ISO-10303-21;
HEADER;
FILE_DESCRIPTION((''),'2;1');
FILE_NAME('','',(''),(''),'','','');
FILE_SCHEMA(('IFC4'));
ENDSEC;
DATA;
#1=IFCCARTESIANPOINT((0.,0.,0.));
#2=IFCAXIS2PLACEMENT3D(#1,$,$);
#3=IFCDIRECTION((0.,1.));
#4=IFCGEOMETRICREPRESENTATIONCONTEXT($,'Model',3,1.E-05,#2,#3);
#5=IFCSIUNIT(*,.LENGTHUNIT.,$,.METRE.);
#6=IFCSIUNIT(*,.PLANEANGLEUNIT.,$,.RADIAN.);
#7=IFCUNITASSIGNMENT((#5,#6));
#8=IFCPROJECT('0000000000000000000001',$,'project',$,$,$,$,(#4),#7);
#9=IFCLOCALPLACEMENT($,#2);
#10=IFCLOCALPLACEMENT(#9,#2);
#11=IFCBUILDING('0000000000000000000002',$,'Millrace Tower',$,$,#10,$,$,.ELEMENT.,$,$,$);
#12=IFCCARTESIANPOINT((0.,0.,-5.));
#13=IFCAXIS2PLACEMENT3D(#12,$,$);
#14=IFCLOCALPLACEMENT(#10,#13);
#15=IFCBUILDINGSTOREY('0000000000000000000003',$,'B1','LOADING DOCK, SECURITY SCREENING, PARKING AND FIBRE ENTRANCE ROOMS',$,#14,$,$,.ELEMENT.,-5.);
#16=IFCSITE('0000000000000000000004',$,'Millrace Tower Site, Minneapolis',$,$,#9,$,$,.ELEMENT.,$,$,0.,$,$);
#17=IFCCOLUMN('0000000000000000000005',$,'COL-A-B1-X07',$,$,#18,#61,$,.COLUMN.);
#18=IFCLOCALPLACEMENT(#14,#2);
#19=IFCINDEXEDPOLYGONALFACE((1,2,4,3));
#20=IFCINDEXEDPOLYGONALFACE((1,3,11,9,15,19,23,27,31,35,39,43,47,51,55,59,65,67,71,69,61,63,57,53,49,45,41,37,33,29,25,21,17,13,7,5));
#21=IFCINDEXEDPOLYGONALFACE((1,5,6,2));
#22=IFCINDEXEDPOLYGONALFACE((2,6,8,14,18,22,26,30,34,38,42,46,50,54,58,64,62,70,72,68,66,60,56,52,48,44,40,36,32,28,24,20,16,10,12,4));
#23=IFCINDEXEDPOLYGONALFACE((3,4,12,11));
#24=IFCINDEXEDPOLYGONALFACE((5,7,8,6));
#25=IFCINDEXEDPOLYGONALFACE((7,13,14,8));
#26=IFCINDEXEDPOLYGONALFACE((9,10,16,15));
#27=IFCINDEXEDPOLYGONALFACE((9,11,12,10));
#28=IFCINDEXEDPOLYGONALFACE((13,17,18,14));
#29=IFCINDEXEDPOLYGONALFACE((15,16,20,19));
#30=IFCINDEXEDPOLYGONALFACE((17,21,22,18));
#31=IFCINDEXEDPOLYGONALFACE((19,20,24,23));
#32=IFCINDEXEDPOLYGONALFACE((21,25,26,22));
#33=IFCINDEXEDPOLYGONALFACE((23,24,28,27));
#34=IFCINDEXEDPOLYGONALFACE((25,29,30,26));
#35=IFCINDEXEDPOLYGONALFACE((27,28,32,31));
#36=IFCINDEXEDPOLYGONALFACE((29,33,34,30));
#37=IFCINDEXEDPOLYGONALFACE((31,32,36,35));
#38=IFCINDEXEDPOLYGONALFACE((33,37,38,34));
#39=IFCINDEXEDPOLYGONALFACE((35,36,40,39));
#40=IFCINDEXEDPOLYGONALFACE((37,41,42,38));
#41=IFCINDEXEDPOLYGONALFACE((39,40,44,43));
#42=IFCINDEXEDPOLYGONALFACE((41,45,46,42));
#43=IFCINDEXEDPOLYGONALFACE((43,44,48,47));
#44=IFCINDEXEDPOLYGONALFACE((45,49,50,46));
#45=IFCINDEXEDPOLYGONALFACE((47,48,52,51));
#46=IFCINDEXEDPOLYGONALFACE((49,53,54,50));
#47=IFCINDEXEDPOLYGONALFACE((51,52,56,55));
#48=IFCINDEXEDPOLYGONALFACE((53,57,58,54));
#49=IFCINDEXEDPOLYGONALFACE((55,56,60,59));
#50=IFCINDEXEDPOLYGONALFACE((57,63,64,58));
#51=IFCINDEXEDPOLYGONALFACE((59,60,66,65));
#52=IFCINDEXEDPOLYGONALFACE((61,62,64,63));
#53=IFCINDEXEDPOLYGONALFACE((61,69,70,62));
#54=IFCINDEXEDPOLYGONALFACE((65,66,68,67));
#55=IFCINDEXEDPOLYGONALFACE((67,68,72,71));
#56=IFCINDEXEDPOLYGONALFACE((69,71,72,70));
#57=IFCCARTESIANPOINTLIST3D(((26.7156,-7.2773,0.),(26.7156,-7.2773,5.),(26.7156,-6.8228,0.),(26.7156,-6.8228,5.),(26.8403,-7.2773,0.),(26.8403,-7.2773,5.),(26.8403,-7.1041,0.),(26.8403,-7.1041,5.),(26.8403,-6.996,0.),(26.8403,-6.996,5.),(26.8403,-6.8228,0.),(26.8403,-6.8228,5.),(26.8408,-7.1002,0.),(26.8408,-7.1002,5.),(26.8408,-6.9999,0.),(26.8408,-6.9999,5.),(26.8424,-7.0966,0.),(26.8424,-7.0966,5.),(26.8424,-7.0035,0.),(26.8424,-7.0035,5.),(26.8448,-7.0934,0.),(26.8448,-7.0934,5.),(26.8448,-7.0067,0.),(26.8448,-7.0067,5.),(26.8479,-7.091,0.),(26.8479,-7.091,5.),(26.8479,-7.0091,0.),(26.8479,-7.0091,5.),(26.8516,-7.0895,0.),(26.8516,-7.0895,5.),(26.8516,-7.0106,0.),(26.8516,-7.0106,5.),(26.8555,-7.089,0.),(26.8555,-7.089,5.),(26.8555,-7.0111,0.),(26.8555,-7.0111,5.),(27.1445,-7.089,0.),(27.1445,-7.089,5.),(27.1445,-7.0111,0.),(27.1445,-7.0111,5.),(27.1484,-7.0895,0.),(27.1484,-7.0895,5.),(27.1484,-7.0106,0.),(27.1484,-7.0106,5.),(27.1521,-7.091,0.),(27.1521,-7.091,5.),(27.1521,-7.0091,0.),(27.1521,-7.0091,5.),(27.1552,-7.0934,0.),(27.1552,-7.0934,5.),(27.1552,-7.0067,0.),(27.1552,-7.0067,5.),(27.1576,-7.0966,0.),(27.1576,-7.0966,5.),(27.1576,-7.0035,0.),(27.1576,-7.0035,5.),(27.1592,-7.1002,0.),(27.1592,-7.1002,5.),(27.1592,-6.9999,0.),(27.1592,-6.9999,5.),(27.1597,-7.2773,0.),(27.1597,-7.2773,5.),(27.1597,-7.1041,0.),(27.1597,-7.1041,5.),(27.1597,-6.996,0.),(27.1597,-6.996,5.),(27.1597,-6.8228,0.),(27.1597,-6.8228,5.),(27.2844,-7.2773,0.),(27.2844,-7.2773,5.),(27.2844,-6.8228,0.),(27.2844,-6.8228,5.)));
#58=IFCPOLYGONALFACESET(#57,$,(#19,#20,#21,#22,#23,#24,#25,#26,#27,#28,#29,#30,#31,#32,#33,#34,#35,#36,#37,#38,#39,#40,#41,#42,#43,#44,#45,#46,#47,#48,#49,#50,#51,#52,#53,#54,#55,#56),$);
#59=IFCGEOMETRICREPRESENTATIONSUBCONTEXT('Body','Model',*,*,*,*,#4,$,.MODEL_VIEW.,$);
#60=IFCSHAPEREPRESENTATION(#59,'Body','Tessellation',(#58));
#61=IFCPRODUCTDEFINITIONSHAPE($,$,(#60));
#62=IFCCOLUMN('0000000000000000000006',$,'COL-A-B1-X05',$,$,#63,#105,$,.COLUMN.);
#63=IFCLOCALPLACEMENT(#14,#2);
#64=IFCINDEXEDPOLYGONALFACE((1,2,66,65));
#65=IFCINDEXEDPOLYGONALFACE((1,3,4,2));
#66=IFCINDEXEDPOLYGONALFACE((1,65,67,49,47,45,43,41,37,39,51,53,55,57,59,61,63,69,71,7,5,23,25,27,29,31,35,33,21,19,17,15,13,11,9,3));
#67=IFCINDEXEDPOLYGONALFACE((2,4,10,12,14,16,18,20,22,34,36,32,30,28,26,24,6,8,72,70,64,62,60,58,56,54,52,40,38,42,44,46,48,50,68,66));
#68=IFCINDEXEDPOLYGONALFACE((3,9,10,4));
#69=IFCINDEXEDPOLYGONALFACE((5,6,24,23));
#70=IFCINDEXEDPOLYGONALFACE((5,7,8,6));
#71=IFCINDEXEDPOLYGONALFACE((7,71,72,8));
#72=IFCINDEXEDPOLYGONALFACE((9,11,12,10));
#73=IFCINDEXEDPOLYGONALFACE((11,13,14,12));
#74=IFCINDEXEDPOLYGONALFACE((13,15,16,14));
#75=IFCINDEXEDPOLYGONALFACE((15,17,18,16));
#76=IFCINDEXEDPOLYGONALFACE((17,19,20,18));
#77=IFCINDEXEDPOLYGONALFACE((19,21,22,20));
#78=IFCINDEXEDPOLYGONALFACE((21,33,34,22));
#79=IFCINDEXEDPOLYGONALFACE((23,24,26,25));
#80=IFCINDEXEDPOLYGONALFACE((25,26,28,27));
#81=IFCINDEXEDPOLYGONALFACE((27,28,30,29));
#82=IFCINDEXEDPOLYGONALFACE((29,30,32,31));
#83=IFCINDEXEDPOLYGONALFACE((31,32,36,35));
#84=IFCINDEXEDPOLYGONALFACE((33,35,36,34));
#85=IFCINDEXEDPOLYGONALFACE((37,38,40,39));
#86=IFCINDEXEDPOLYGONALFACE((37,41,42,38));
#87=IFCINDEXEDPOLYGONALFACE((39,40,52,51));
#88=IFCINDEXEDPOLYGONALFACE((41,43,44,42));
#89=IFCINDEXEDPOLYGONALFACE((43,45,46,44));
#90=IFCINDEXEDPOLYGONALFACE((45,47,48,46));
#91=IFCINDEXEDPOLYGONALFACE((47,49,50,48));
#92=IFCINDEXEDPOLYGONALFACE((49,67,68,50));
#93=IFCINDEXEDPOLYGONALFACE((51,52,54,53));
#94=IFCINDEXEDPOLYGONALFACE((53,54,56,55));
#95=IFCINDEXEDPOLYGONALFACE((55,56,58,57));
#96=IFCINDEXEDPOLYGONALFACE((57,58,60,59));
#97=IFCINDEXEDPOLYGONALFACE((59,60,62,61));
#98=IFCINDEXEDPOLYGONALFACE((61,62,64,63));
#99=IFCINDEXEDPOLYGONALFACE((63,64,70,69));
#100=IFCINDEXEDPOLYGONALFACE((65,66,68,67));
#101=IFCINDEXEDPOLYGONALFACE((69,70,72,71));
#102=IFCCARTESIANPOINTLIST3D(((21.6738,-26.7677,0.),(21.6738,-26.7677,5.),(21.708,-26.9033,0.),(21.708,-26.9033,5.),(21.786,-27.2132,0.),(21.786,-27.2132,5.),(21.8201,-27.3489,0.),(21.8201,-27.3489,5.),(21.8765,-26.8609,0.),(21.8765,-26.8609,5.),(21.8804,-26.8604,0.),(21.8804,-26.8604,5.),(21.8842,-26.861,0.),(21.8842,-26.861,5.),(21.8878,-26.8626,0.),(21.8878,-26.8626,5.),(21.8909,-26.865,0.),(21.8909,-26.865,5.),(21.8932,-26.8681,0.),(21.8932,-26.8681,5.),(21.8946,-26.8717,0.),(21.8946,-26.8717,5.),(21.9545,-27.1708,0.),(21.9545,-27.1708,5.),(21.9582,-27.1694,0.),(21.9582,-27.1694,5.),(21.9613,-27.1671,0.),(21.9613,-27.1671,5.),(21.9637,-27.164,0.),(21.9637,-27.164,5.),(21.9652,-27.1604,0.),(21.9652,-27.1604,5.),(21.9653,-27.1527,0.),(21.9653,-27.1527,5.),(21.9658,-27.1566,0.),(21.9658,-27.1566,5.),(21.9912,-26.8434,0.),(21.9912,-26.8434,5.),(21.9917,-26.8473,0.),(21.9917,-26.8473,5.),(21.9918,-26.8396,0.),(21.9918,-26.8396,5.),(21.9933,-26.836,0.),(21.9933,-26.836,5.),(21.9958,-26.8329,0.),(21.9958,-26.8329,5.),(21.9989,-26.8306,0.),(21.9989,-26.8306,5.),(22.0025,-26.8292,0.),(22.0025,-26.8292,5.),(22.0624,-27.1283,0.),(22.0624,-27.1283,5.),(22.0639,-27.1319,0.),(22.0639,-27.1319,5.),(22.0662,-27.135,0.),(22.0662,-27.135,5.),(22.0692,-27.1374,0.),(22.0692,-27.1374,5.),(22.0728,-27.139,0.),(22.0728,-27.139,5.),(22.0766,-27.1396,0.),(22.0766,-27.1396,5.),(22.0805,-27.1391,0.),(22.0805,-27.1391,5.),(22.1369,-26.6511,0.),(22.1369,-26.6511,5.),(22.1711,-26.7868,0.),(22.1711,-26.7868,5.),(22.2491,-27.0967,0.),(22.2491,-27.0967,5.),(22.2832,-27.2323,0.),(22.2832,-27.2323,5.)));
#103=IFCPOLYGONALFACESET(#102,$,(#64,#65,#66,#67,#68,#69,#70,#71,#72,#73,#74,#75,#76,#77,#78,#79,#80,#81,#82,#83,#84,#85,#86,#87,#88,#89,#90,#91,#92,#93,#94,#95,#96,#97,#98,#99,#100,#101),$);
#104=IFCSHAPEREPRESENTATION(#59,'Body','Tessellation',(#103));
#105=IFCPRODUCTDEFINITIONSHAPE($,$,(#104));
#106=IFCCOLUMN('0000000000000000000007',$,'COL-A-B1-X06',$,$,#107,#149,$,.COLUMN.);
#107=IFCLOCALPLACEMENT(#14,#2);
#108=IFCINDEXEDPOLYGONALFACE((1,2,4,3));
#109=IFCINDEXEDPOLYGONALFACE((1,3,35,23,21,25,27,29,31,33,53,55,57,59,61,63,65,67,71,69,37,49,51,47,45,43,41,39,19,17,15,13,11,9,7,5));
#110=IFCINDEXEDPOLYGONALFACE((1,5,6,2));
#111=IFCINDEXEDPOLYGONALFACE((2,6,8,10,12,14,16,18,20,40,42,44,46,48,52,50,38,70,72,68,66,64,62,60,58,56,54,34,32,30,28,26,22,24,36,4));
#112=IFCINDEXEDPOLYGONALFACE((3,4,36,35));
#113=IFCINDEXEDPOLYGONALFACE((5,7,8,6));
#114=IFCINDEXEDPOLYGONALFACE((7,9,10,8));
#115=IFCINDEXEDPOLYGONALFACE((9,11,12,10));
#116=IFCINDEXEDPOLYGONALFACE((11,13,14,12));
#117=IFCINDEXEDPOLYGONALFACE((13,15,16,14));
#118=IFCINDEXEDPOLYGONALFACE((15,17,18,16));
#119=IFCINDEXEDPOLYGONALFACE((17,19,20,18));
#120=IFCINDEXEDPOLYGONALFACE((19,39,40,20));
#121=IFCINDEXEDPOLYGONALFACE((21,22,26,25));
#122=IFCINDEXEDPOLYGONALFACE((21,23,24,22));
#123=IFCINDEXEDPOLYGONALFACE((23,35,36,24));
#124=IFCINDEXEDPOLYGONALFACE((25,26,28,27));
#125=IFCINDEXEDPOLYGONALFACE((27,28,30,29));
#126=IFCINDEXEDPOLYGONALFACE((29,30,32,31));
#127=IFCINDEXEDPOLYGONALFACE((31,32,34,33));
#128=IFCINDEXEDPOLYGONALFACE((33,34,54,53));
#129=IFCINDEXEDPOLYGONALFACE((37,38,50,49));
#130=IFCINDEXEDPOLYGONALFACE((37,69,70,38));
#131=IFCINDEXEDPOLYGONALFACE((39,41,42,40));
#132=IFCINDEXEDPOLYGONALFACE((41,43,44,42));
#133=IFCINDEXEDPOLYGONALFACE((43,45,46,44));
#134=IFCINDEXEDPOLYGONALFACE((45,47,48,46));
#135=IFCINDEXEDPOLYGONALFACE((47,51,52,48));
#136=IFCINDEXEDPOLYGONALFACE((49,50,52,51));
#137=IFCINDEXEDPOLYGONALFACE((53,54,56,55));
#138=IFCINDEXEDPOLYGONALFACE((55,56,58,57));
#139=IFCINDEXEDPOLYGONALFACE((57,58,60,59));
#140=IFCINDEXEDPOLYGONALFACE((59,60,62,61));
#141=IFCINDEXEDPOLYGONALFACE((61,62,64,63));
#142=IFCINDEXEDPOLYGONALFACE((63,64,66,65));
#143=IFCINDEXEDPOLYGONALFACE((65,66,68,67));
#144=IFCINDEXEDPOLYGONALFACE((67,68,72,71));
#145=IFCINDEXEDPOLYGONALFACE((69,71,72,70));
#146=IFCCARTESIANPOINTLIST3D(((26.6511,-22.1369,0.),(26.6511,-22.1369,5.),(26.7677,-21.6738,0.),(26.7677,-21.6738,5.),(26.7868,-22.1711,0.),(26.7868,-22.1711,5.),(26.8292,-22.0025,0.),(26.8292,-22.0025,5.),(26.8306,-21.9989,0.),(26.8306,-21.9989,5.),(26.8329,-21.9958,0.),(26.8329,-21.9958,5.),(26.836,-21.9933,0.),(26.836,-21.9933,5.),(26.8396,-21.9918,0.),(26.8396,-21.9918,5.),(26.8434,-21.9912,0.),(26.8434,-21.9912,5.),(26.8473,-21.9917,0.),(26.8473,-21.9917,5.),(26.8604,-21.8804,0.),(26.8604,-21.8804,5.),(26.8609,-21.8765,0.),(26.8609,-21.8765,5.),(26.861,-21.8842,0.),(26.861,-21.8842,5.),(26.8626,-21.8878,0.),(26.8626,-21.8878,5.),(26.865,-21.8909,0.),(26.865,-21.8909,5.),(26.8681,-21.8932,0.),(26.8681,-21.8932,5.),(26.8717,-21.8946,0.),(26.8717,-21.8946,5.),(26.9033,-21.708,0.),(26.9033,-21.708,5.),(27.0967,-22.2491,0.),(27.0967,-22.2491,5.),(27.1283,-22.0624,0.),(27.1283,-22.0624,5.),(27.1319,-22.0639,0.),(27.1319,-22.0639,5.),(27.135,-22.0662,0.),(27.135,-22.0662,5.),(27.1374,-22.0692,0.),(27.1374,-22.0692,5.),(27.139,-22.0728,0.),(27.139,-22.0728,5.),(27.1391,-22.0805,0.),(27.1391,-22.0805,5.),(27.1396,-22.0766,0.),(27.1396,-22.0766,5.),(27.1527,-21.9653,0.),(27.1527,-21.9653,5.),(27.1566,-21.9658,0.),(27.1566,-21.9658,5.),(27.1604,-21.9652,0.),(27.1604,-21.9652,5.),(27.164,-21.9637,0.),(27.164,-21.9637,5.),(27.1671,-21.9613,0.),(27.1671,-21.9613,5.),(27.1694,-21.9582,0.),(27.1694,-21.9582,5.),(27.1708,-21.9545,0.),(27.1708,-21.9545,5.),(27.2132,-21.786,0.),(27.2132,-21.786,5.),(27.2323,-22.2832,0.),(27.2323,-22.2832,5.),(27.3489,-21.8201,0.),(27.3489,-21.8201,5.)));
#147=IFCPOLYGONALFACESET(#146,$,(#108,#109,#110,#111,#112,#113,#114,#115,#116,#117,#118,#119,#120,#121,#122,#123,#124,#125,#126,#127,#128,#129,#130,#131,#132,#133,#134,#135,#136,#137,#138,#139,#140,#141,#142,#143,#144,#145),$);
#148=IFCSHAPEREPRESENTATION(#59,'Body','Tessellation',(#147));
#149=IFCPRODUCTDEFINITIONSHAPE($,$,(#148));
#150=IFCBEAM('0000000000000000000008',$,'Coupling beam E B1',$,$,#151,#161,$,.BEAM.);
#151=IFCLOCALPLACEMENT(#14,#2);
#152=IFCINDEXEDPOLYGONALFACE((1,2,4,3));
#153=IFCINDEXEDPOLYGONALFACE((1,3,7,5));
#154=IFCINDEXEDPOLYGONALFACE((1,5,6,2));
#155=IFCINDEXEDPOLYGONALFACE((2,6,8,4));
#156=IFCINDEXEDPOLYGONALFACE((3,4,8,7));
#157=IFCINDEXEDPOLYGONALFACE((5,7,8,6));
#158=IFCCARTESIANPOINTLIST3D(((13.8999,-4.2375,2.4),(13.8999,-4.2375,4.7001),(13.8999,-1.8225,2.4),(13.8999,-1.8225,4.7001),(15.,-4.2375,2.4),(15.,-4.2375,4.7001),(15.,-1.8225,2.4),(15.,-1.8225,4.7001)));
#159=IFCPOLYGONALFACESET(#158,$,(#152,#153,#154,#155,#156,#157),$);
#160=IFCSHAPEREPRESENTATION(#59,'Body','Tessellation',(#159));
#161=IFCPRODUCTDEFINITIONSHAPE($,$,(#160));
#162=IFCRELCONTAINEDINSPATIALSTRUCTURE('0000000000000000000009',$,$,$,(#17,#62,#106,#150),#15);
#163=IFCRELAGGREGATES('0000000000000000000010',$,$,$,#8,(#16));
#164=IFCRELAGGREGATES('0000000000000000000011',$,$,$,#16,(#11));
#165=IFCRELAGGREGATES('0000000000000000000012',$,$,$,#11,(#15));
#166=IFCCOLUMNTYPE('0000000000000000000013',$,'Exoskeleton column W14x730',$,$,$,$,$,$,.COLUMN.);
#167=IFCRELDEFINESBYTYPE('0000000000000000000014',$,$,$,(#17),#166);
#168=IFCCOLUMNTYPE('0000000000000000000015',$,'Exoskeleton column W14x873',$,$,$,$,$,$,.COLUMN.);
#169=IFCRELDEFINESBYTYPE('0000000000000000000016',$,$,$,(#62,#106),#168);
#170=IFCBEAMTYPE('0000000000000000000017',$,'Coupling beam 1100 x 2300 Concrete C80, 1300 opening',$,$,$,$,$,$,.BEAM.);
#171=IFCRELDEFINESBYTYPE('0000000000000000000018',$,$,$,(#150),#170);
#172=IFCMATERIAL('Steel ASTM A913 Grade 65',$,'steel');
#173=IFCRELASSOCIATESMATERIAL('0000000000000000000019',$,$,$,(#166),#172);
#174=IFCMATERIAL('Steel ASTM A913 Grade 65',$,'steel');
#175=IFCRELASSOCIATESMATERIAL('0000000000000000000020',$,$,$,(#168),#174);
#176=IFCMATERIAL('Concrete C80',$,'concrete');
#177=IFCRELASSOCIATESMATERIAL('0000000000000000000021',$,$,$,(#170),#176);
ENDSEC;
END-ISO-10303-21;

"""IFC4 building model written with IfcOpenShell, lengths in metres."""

from ifc_helpers import new_model, si_unit, direction, frame, origin, origin_2d, place, context, subcontext, project, spatial, rectangle, i_section, extrude, material, material_profile, profile_set, type_object, element, save


model = new_model("IFC4")

# Units and contexts
model_context = context("Model", 3, precision=1e-05, world=origin(), true_north=direction((0.0, 1.0)))
body_context = subcontext(model_context, "Body", "Model", "MODEL_VIEW")
ifc_project = project(units=[si_unit("LENGTHUNIT", "METRE"), si_unit("PLANEANGLEUNIT", "RADIAN")], contexts=[model_context])

# Site, building, storey
site_placement = place(None, origin())
site = spatial("IfcSite", under=ifc_project, at=site_placement, Name="Millrace Tower Site, Minneapolis", CompositionType="ELEMENT", RefElevation=0.0)
building_placement = place(site_placement, origin())
building = spatial("IfcBuilding", under=site, at=building_placement, Name="Millrace Tower", CompositionType="ELEMENT")
storey_placement = place(building_placement, frame((0.0, 0.0, -5.0)))
storey = spatial("IfcBuildingStorey", under=building, at=storey_placement, Name="B1", Description="LOADING DOCK, SECURITY SCREENING, PARKING AND FIBRE ENTRANCE ROOMS", CompositionType="ELEMENT", Elevation=-5.0)

# Columns
ifc_material_1 = material(Name="Steel ASTM A913 Grade 65", Category="steel")
ifc_material_profile_1 = material_profile(ifc_material_1, i_section(OverallWidth=0.4546, OverallDepth=0.5688, WebThickness=0.0779, FlangeThickness=0.1248, FilletRadius=0.0151, at=origin_2d()))
ifc_profile_set_1 = profile_set([ifc_material_profile_1], Name="Steel ASTM A913 Grade 65")
column_type_1 = type_object("IfcColumnType", Name="Exoskeleton column W14x730", PredefinedType="COLUMN", material=ifc_profile_set_1)
placement = place(storey_placement, frame((27.0, -7.05, 0.0), z_axis=(0.0, 0.0, 1.0), x_axis=(0.0, 1.0, 0.0)))
element("IfcColumn", 1, at=placement, inside=storey, type_object=column_type_1, Name="COL-A-B1-X07", PredefinedType="COLUMN", context=body_context, shape_type="SweptSolid", body=[
    extrude(i_section(OverallWidth=0.4546, OverallDepth=0.5688, WebThickness=0.0779, FlangeThickness=0.1248, FilletRadius=0.0151, at=origin_2d()), origin(), (0.0, 0.0, 1.0), 5.0),
])
ifc_material_2 = material(Name="Steel ASTM A913 Grade 65", Category="steel")
ifc_material_profile_2 = material_profile(ifc_material_2, i_section(OverallWidth=0.4775, OverallDepth=0.5994, WebThickness=0.1001, FlangeThickness=0.1399, FilletRadius=0.0149, at=origin_2d()))
ifc_profile_set_2 = profile_set([ifc_material_profile_2], Name="Steel ASTM A913 Grade 65")
column_type_2 = type_object("IfcColumnType", Name="Exoskeleton column W14x873", PredefinedType="COLUMN", material=ifc_profile_set_2)
for number, where, z_axis, x_axis, name in (
    (2, (21.9785, -27.0, 0.0), (0.0, 0.0, 1.0), (0.969752, 0.244094, 0.0), "COL-A-B1-X05"),
    (3, (27.0, -21.9785, 0.0), (0.0, 0.0, 1.0), (0.244094, 0.969752, 0.0), "COL-A-B1-X06"),
):
    element("IfcColumn", number, at=place(storey_placement, frame(where, z_axis=z_axis, x_axis=x_axis)), inside=storey, type_object=column_type_2, Name=name, PredefinedType="COLUMN", context=body_context, shape_type="SweptSolid", body=[
        extrude(i_section(OverallWidth=0.4775, OverallDepth=0.5994, WebThickness=0.1001, FlangeThickness=0.1399, FilletRadius=0.0149, at=origin_2d()), origin(), (0.0, 0.0, 1.0), 5.0),
    ])

# Beam
ifc_material_3 = material(Name="Concrete C80", Category="concrete")
ifc_material_profile_3 = material_profile(ifc_material_3, rectangle(XDim=1.1001, YDim=2.3, at=origin_2d()))
ifc_profile_set_3 = profile_set([ifc_material_profile_3], Name="Concrete C80")
beam_type_1 = type_object("IfcBeamType", Name="Coupling beam 1100 x 2300 Concrete C80, 1300 opening", PredefinedType="BEAM", material=ifc_profile_set_3)
beam_1_placement = place(storey_placement, frame((14.45, -1.8225, 3.55), z_axis=(0.0, -1.0, 0.0), x_axis=(1.0, 0.0, 0.0)))
element("IfcBeam", 4, at=beam_1_placement, inside=storey, type_object=beam_type_1, Name="Coupling beam E B1", PredefinedType="BEAM", context=body_context, shape_type="SweptSolid", body=[
    extrude(rectangle(XDim=1.1001, YDim=2.3, at=origin_2d()), origin(), (0.0, 0.0, 1.0), 2.415),
])

save(model, "model.ifc")
